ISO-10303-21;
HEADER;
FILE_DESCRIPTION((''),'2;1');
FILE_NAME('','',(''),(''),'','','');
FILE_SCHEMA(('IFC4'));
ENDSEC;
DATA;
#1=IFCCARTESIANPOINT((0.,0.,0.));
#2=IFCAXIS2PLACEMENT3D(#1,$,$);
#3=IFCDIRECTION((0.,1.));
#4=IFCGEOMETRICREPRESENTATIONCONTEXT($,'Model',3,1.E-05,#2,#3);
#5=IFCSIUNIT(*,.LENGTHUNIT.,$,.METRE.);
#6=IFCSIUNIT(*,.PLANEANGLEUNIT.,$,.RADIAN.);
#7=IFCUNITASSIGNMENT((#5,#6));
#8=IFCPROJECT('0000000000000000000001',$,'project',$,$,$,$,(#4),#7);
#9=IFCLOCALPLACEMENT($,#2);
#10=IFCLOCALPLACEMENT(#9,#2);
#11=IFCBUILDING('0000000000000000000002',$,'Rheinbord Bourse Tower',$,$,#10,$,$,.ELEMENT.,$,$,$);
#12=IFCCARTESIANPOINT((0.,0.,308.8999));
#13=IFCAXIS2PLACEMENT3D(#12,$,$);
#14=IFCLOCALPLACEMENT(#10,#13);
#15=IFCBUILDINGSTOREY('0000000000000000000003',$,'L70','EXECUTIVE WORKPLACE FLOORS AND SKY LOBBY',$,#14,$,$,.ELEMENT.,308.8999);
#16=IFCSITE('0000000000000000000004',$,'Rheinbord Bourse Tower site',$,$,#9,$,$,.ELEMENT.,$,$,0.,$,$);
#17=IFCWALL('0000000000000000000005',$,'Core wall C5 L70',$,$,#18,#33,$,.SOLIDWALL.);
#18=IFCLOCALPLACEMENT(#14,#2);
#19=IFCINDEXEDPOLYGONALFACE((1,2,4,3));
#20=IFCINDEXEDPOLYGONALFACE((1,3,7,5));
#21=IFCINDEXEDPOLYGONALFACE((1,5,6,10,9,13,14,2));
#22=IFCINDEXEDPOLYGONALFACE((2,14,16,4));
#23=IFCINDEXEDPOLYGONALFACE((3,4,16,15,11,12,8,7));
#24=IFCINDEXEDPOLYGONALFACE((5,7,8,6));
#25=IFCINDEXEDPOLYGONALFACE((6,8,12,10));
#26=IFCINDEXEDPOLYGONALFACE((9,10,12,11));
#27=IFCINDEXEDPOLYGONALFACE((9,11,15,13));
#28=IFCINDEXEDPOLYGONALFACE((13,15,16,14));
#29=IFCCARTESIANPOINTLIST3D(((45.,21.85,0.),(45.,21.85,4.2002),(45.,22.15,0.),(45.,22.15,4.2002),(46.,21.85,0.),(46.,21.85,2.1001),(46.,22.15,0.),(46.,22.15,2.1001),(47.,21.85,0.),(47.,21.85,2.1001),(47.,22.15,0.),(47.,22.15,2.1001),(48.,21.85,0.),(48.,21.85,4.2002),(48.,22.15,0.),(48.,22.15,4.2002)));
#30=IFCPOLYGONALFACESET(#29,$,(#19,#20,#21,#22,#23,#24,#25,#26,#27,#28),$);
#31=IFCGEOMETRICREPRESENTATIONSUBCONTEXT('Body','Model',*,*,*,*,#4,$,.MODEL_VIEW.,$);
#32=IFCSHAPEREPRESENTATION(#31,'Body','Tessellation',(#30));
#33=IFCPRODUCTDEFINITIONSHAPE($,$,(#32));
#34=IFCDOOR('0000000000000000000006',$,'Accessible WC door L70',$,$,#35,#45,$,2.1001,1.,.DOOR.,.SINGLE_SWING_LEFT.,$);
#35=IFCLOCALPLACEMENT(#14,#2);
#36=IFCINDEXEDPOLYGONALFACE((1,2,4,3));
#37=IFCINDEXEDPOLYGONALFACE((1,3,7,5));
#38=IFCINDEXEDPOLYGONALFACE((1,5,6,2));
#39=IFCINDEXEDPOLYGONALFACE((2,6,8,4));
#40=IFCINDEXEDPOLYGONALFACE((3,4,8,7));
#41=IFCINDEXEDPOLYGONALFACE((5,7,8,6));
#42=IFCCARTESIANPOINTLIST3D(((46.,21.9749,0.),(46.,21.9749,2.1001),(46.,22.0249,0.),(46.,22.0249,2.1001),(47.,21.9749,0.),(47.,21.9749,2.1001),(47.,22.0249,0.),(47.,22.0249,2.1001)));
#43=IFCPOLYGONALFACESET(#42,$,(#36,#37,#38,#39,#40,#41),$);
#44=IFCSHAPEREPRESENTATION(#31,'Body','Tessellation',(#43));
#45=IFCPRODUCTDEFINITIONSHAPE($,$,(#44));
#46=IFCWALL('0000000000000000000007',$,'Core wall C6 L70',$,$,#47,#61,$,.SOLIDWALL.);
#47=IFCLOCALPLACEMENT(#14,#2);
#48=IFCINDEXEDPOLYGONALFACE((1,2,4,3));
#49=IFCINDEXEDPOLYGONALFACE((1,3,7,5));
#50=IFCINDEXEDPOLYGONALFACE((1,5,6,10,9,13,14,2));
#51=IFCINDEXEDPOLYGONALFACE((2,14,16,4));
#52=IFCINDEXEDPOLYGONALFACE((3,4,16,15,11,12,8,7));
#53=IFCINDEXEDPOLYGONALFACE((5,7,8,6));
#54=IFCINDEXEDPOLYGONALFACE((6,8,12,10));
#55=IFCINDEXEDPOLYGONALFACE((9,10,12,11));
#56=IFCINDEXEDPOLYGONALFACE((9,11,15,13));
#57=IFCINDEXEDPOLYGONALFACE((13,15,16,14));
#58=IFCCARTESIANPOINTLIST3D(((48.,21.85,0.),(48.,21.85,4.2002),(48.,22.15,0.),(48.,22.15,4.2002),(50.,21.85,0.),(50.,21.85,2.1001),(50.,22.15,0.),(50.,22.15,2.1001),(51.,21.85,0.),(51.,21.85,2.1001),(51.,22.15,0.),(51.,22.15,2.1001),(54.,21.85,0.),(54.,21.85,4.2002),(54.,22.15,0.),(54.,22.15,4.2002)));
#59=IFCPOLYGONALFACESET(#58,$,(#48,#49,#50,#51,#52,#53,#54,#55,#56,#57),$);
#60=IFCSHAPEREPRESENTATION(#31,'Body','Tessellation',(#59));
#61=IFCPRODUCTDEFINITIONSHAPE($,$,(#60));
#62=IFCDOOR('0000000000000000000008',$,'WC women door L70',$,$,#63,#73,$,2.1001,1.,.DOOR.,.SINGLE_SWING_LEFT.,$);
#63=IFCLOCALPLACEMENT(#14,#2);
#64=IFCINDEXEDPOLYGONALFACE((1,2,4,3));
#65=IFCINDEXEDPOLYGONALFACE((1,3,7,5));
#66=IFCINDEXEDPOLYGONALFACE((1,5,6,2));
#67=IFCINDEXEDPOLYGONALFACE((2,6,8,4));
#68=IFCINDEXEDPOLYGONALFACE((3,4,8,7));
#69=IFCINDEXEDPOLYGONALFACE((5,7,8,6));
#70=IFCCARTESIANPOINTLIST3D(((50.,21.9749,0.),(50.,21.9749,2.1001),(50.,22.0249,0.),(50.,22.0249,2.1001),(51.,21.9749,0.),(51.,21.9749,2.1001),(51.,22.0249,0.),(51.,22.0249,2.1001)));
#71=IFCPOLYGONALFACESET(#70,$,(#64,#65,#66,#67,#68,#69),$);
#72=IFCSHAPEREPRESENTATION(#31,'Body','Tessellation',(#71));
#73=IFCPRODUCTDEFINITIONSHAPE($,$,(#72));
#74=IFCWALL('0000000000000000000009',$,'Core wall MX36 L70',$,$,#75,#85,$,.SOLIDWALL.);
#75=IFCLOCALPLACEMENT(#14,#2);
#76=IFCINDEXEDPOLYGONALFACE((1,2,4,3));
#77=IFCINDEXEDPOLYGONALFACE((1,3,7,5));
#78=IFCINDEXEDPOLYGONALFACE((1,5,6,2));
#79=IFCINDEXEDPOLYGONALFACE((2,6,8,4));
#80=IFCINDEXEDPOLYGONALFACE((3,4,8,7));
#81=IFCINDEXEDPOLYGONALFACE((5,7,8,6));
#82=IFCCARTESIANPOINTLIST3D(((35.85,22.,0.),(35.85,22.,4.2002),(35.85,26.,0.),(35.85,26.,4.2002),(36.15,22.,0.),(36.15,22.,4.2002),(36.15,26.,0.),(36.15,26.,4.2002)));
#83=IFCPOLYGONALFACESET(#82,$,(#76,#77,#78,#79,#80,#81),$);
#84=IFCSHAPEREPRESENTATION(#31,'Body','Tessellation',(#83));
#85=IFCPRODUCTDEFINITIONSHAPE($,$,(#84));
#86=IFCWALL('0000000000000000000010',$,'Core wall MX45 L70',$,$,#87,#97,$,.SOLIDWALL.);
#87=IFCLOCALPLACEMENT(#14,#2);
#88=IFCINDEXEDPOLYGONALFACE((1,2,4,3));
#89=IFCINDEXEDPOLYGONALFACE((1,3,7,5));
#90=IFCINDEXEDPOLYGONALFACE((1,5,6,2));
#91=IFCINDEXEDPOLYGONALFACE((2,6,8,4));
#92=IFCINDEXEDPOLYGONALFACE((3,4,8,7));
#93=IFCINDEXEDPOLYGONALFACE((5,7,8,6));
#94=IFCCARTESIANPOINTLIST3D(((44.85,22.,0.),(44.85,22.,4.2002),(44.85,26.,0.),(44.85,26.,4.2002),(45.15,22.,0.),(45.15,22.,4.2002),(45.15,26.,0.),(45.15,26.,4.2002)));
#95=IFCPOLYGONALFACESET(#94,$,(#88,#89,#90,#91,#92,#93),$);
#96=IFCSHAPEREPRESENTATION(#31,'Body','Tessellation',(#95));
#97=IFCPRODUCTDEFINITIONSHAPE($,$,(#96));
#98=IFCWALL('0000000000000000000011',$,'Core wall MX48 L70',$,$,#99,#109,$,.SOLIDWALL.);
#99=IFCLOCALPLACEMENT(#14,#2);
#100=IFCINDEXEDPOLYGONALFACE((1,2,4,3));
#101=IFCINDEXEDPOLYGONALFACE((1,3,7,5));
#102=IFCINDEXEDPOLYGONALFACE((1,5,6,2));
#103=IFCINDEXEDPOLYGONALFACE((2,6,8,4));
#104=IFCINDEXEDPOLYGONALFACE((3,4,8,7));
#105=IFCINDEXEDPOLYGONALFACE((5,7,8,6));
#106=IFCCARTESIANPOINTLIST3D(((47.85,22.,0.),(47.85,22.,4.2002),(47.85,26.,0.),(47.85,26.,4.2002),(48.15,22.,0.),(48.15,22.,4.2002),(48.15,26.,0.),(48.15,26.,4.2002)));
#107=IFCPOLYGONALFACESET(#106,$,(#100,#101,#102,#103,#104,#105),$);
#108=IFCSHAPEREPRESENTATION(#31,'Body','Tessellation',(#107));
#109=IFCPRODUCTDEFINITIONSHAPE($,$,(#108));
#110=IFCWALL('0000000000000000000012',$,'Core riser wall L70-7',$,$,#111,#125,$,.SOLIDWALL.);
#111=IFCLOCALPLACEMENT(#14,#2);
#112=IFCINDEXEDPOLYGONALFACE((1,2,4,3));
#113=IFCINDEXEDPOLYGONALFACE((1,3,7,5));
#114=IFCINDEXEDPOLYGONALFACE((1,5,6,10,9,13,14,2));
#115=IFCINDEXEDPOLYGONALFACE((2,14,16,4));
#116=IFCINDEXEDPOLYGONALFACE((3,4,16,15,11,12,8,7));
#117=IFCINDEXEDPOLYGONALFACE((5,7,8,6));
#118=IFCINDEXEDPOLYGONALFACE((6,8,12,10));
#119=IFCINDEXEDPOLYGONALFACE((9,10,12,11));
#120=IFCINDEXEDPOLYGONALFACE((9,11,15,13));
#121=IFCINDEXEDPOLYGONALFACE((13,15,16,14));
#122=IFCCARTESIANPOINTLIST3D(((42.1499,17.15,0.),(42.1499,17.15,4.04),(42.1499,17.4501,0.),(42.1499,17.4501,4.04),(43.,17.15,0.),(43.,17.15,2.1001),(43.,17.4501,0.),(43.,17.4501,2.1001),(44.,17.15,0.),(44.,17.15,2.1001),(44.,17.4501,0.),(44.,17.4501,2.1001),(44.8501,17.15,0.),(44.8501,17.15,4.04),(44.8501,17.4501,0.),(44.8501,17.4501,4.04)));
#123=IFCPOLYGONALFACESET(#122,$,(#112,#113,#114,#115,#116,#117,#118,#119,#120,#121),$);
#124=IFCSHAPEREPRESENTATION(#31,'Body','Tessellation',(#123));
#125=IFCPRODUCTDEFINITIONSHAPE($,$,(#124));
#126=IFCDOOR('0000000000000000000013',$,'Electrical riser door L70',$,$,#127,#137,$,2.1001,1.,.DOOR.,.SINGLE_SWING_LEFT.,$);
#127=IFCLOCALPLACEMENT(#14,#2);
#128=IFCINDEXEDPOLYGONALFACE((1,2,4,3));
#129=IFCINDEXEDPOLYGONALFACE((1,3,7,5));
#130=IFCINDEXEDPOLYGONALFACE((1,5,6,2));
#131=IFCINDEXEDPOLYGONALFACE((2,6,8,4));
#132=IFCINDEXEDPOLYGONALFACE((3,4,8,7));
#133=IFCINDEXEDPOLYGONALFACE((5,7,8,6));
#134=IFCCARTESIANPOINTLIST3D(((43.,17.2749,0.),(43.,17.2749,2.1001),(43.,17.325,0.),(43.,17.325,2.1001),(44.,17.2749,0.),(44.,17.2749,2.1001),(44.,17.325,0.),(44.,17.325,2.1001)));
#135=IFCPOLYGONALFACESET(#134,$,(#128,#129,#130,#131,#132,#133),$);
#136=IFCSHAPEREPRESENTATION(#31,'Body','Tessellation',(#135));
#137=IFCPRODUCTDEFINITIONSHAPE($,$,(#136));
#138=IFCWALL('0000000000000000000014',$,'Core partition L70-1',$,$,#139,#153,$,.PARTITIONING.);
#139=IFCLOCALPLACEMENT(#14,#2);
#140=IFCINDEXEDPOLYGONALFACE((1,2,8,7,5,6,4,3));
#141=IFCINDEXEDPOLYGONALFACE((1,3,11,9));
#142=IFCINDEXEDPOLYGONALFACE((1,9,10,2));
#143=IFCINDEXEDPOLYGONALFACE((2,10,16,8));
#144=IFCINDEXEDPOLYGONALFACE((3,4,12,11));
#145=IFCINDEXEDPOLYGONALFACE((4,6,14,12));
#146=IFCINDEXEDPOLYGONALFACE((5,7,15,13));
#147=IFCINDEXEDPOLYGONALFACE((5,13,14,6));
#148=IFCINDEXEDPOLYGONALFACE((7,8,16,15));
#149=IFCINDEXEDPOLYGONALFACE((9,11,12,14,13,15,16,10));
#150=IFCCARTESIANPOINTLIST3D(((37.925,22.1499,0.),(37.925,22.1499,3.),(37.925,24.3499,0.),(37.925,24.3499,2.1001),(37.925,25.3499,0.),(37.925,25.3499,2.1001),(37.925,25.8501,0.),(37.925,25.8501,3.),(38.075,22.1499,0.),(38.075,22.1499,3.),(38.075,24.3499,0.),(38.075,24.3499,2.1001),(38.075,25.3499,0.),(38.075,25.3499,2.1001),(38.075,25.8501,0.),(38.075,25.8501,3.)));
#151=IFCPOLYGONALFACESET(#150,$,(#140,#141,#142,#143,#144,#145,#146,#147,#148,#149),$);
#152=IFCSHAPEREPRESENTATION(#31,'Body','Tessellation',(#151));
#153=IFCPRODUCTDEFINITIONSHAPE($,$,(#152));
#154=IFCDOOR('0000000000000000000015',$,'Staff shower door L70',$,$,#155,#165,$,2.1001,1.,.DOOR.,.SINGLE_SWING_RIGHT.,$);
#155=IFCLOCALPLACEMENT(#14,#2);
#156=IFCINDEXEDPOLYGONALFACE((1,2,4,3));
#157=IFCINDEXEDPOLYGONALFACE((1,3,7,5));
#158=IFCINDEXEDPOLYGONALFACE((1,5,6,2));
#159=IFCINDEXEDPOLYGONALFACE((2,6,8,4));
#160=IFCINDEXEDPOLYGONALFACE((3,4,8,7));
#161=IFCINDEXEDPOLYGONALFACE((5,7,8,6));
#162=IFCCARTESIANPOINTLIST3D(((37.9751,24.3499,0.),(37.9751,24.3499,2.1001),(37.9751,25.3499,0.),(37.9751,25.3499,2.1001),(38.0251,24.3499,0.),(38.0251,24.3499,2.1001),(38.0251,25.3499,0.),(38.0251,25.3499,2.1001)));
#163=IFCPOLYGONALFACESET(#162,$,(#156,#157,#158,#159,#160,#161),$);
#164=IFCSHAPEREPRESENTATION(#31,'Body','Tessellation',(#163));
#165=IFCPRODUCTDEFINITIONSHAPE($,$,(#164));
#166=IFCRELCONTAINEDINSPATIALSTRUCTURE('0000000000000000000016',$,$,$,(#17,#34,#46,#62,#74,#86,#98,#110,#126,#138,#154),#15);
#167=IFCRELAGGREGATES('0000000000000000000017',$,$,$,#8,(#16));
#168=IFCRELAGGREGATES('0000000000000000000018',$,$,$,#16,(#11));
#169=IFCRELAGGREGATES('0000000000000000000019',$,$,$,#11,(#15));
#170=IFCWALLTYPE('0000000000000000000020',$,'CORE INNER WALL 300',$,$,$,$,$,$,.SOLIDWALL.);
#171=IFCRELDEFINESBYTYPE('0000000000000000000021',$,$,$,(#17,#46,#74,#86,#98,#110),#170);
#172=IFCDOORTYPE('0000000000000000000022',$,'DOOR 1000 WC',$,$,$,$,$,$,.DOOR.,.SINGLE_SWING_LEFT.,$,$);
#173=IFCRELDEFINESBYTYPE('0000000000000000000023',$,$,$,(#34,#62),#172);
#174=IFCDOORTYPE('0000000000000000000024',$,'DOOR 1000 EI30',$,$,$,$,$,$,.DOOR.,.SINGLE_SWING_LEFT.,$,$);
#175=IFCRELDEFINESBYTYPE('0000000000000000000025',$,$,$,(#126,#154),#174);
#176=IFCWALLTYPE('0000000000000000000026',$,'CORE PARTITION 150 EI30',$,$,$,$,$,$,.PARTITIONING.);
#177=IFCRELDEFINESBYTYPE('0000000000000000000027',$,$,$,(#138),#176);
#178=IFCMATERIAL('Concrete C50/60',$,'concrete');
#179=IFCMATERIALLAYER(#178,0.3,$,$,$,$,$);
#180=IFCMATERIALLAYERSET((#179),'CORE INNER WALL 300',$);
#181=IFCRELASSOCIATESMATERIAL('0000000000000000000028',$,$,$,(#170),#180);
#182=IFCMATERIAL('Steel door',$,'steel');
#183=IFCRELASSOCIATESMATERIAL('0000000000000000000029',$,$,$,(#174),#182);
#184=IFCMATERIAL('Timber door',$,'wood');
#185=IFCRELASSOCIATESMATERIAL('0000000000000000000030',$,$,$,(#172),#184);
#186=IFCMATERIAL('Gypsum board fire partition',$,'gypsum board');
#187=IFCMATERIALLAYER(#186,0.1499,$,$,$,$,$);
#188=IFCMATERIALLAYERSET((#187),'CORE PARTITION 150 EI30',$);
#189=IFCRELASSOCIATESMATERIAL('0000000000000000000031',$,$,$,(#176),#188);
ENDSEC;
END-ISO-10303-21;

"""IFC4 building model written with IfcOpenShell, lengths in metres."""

from ifc_helpers import new_model, si_unit, direction, frame, frame_2d, origin, place, context, subcontext, project, spatial, rectangle, extrude, material, layer, layer_set, type_object, element, fill, save


model = new_model("IFC4")

# Units and contexts
model_context = context("Model", 3, precision=1e-05, world=origin(), true_north=direction((0.0, 1.0)))
body_context = subcontext(model_context, "Body", "Model", "MODEL_VIEW")
ifc_project = project(units=[si_unit("LENGTHUNIT", "METRE"), si_unit("PLANEANGLEUNIT", "RADIAN")], contexts=[model_context])

# Site, building, storey
site_placement = place(None, origin())
site = spatial("IfcSite", under=ifc_project, at=site_placement, Name="Rheinbord Bourse Tower site", CompositionType="ELEMENT", RefElevation=0.0)
building_placement = place(site_placement, origin())
building = spatial("IfcBuilding", under=site, at=building_placement, Name="Rheinbord Bourse Tower", CompositionType="ELEMENT")
storey_placement = place(building_placement, frame((0.0, 0.0, 308.8999)))
storey = spatial("IfcBuildingStorey", under=building, at=storey_placement, Name="L70", Description="EXECUTIVE WORKPLACE FLOORS AND SKY LOBBY", CompositionType="ELEMENT", Elevation=308.8999)

# Walls, openings, doors
ifc_material_1 = material(Name="Concrete C50/60", Category="concrete")
ifc_layer_1 = layer(ifc_material_1, 0.3)
ifc_layer_set_1 = layer_set([ifc_layer_1], Name="CORE INNER WALL 300")
wall_type_1 = type_object("IfcWallType", Name="CORE INNER WALL 300", PredefinedType="SOLIDWALL", material=ifc_layer_set_1)
ifc_material_2 = material(Name="Steel door", Category="steel")
door_type_1 = type_object("IfcDoorType", Name="DOOR 1000 EI30", OperationType="SINGLE_SWING_LEFT", PredefinedType="DOOR", material=ifc_material_2)
wall_1_placement = place(storey_placement, frame((45.0, 22.0, 0.0), z_axis=(0.0, 0.0, 1.0), x_axis=(1.0, 0.0, 0.0)))
wall_1 = element("IfcWall", 1, at=wall_1_placement, inside=storey, type_object=wall_type_1, Name="Core wall C5 L70", PredefinedType="SOLIDWALL", context=body_context, shape_type="SweptSolid", body=[
    extrude(rectangle(XDim=3.0, YDim=0.3, at=frame_2d((1.5, 0.0))), origin(), (0.0, 0.0, 1.0), 4.2002),
])
opening_1_placement = place(wall_1_placement, frame((1.0, 0.0, 0.0)))
opening_1 = element("IfcOpeningElement", 2, at=opening_1_placement, cuts=wall_1, PredefinedType="OPENING", context=body_context, shape_type="SweptSolid", body=[
    extrude(rectangle(XDim=1.0, YDim=2.1001, at=frame_2d((0.5, 1.05))), frame((0.0, 0.1599, 0.0), z_axis=(0.0, -1.0, 0.0), x_axis=(1.0, 0.0, 0.0)), (0.0, 0.0, 1.0), 0.3201),
])
ifc_material_3 = material(Name="Timber door", Category="wood")
door_type_2 = type_object("IfcDoorType", Name="DOOR 1000 WC", OperationType="SINGLE_SWING_LEFT", PredefinedType="DOOR", material=ifc_material_3)
door_1_placement = place(opening_1_placement, origin())
door_1 = element("IfcDoor", 3, at=door_1_placement, inside=storey, type_object=door_type_2, Name="Accessible WC door L70", OperationType="SINGLE_SWING_LEFT", OverallHeight=2.1001, OverallWidth=1.0, PredefinedType="DOOR", context=body_context, shape_type="SweptSolid", body=[
    extrude(rectangle(XDim=1.0, YDim=2.1001, at=frame_2d((0.5, 1.05))), frame((0.0, 0.0249, 0.0), z_axis=(0.0, -1.0, 0.0), x_axis=(1.0, 0.0, 0.0)), (0.0, 0.0, 1.0), 0.05),
])
fill(opening_1, door_1)
wall_2_placement = place(storey_placement, frame((48.0, 22.0, 0.0), z_axis=(0.0, 0.0, 1.0), x_axis=(1.0, 0.0, 0.0)))
wall_2 = element("IfcWall", 4, at=wall_2_placement, inside=storey, type_object=wall_type_1, Name="Core wall C6 L70", PredefinedType="SOLIDWALL", context=body_context, shape_type="SweptSolid", body=[
    extrude(rectangle(XDim=6.0, YDim=0.3, at=frame_2d((3.0, 0.0))), origin(), (0.0, 0.0, 1.0), 4.2002),
])
opening_2_placement = place(wall_2_placement, frame((2.0, 0.0, 0.0)))
opening_2 = element("IfcOpeningElement", 5, at=opening_2_placement, cuts=wall_2, PredefinedType="OPENING", context=body_context, shape_type="SweptSolid", body=[
    extrude(rectangle(XDim=1.0, YDim=2.1001, at=frame_2d((0.5, 1.05))), frame((0.0, 0.1599, 0.0), z_axis=(0.0, -1.0, 0.0), x_axis=(1.0, 0.0, 0.0)), (0.0, 0.0, 1.0), 0.3201),
])
door_2_placement = place(opening_2_placement, origin())
door_2 = element("IfcDoor", 6, at=door_2_placement, inside=storey, type_object=door_type_2, Name="WC women door L70", OperationType="SINGLE_SWING_LEFT", OverallHeight=2.1001, OverallWidth=1.0, PredefinedType="DOOR", context=body_context, shape_type="SweptSolid", body=[
    extrude(rectangle(XDim=1.0, YDim=2.1001, at=frame_2d((0.5, 1.05))), frame((0.0, 0.0249, 0.0), z_axis=(0.0, -1.0, 0.0), x_axis=(1.0, 0.0, 0.0)), (0.0, 0.0, 1.0), 0.05),
])
fill(opening_2, door_2)

# Walls
for number, where, z_axis, x_axis, name in (
    (7, (36.0, 22.0, 0.0), (0.0, 0.0, 1.0), (0.0, 1.0, 0.0), "Core wall MX36 L70"),
    (8, (45.0, 22.0, 0.0), (0.0, 0.0, 1.0), (0.0, 1.0, 0.0), "Core wall MX45 L70"),
    (9, (48.0, 22.0, 0.0), (0.0, 0.0, 1.0), (0.0, 1.0, 0.0), "Core wall MX48 L70"),
):
    element("IfcWall", number, at=place(storey_placement, frame(where, z_axis=z_axis, x_axis=x_axis)), inside=storey, type_object=wall_type_1, Name=name, PredefinedType="SOLIDWALL", context=body_context, shape_type="SweptSolid", body=[
        extrude(rectangle(XDim=4.0, YDim=0.3, at=frame_2d((2.0, 0.0))), origin(), (0.0, 0.0, 1.0), 4.2002),
    ])

# Walls, openings, doors
wall_3_placement = place(storey_placement, frame((42.1499, 17.3, 0.0), z_axis=(0.0, 0.0, 1.0), x_axis=(1.0, 0.0, 0.0)))
wall_3 = element("IfcWall", 10, at=wall_3_placement, inside=storey, type_object=wall_type_1, Name="Core riser wall L70-7", PredefinedType="SOLIDWALL", context=body_context, shape_type="SweptSolid", body=[
    extrude(rectangle(XDim=2.7002, YDim=0.3, at=frame_2d((1.3501, 0.0))), origin(), (0.0, 0.0, 1.0), 4.04),
])
opening_3_placement = place(wall_3_placement, frame((0.8501, 0.0, 0.0)))
opening_3 = element("IfcOpeningElement", 11, at=opening_3_placement, cuts=wall_3, PredefinedType="OPENING", context=body_context, shape_type="SweptSolid", body=[
    extrude(rectangle(XDim=1.0, YDim=2.1001, at=frame_2d((0.5, 1.05))), frame((0.0, 0.1599, 0.0), z_axis=(0.0, -1.0, 0.0), x_axis=(1.0, 0.0, 0.0)), (0.0, 0.0, 1.0), 0.3201),
])
door_3_placement = place(opening_3_placement, origin())
door_3 = element("IfcDoor", 12, at=door_3_placement, inside=storey, type_object=door_type_1, Name="Electrical riser door L70", OperationType="SINGLE_SWING_LEFT", OverallHeight=2.1001, OverallWidth=1.0, PredefinedType="DOOR", context=body_context, shape_type="SweptSolid", body=[
    extrude(rectangle(XDim=1.0, YDim=2.1001, at=frame_2d((0.5, 1.05))), frame((0.0, 0.0249, 0.0), z_axis=(0.0, -1.0, 0.0), x_axis=(1.0, 0.0, 0.0)), (0.0, 0.0, 1.0), 0.05),
])
fill(opening_3, door_3)
ifc_material_4 = material(Name="Gypsum board fire partition", Category="gypsum board")
ifc_layer_2 = layer(ifc_material_4, 0.1499)
ifc_layer_set_2 = layer_set([ifc_layer_2], Name="CORE PARTITION 150 EI30")
wall_type_2 = type_object("IfcWallType", Name="CORE PARTITION 150 EI30", PredefinedType="PARTITIONING", material=ifc_layer_set_2)
wall_4_placement = place(storey_placement, frame((38.0, 22.1499, 0.0), z_axis=(0.0, 0.0, 1.0), x_axis=(0.0, 1.0, 0.0)))
wall_4 = element("IfcWall", 13, at=wall_4_placement, inside=storey, type_object=wall_type_2, Name="Core partition L70-1", PredefinedType="PARTITIONING", context=body_context, shape_type="SweptSolid", body=[
    extrude(rectangle(XDim=3.7002, YDim=0.1499, at=frame_2d((1.8501, 0.0))), origin(), (0.0, 0.0, 1.0), 3.0),
])
opening_4_placement = place(wall_4_placement, frame((2.2, 0.0, 0.0)))
opening_4 = element("IfcOpeningElement", 14, at=opening_4_placement, cuts=wall_4, PredefinedType="OPENING", context=body_context, shape_type="SweptSolid", body=[
    extrude(rectangle(XDim=1.0, YDim=2.1001, at=frame_2d((0.5, 1.05))), frame((0.0, 0.085, 0.0), z_axis=(0.0, -1.0, 0.0), x_axis=(1.0, 0.0, 0.0)), (0.0, 0.0, 1.0), 0.1699),
])
door_4_placement = place(opening_4_placement, origin())
door_4 = element("IfcDoor", 15, at=door_4_placement, inside=storey, type_object=door_type_1, Name="Staff shower door L70", OperationType="SINGLE_SWING_RIGHT", OverallHeight=2.1001, OverallWidth=1.0, PredefinedType="DOOR", context=body_context, shape_type="SweptSolid", body=[
    extrude(rectangle(XDim=1.0, YDim=2.1001, at=frame_2d((0.5, 1.05))), frame((0.0, 0.0249, 0.0), z_axis=(0.0, -1.0, 0.0), x_axis=(1.0, 0.0, 0.0)), (0.0, 0.0, 1.0), 0.05),
])
fill(opening_4, door_4)

save(model, "model.ifc")
